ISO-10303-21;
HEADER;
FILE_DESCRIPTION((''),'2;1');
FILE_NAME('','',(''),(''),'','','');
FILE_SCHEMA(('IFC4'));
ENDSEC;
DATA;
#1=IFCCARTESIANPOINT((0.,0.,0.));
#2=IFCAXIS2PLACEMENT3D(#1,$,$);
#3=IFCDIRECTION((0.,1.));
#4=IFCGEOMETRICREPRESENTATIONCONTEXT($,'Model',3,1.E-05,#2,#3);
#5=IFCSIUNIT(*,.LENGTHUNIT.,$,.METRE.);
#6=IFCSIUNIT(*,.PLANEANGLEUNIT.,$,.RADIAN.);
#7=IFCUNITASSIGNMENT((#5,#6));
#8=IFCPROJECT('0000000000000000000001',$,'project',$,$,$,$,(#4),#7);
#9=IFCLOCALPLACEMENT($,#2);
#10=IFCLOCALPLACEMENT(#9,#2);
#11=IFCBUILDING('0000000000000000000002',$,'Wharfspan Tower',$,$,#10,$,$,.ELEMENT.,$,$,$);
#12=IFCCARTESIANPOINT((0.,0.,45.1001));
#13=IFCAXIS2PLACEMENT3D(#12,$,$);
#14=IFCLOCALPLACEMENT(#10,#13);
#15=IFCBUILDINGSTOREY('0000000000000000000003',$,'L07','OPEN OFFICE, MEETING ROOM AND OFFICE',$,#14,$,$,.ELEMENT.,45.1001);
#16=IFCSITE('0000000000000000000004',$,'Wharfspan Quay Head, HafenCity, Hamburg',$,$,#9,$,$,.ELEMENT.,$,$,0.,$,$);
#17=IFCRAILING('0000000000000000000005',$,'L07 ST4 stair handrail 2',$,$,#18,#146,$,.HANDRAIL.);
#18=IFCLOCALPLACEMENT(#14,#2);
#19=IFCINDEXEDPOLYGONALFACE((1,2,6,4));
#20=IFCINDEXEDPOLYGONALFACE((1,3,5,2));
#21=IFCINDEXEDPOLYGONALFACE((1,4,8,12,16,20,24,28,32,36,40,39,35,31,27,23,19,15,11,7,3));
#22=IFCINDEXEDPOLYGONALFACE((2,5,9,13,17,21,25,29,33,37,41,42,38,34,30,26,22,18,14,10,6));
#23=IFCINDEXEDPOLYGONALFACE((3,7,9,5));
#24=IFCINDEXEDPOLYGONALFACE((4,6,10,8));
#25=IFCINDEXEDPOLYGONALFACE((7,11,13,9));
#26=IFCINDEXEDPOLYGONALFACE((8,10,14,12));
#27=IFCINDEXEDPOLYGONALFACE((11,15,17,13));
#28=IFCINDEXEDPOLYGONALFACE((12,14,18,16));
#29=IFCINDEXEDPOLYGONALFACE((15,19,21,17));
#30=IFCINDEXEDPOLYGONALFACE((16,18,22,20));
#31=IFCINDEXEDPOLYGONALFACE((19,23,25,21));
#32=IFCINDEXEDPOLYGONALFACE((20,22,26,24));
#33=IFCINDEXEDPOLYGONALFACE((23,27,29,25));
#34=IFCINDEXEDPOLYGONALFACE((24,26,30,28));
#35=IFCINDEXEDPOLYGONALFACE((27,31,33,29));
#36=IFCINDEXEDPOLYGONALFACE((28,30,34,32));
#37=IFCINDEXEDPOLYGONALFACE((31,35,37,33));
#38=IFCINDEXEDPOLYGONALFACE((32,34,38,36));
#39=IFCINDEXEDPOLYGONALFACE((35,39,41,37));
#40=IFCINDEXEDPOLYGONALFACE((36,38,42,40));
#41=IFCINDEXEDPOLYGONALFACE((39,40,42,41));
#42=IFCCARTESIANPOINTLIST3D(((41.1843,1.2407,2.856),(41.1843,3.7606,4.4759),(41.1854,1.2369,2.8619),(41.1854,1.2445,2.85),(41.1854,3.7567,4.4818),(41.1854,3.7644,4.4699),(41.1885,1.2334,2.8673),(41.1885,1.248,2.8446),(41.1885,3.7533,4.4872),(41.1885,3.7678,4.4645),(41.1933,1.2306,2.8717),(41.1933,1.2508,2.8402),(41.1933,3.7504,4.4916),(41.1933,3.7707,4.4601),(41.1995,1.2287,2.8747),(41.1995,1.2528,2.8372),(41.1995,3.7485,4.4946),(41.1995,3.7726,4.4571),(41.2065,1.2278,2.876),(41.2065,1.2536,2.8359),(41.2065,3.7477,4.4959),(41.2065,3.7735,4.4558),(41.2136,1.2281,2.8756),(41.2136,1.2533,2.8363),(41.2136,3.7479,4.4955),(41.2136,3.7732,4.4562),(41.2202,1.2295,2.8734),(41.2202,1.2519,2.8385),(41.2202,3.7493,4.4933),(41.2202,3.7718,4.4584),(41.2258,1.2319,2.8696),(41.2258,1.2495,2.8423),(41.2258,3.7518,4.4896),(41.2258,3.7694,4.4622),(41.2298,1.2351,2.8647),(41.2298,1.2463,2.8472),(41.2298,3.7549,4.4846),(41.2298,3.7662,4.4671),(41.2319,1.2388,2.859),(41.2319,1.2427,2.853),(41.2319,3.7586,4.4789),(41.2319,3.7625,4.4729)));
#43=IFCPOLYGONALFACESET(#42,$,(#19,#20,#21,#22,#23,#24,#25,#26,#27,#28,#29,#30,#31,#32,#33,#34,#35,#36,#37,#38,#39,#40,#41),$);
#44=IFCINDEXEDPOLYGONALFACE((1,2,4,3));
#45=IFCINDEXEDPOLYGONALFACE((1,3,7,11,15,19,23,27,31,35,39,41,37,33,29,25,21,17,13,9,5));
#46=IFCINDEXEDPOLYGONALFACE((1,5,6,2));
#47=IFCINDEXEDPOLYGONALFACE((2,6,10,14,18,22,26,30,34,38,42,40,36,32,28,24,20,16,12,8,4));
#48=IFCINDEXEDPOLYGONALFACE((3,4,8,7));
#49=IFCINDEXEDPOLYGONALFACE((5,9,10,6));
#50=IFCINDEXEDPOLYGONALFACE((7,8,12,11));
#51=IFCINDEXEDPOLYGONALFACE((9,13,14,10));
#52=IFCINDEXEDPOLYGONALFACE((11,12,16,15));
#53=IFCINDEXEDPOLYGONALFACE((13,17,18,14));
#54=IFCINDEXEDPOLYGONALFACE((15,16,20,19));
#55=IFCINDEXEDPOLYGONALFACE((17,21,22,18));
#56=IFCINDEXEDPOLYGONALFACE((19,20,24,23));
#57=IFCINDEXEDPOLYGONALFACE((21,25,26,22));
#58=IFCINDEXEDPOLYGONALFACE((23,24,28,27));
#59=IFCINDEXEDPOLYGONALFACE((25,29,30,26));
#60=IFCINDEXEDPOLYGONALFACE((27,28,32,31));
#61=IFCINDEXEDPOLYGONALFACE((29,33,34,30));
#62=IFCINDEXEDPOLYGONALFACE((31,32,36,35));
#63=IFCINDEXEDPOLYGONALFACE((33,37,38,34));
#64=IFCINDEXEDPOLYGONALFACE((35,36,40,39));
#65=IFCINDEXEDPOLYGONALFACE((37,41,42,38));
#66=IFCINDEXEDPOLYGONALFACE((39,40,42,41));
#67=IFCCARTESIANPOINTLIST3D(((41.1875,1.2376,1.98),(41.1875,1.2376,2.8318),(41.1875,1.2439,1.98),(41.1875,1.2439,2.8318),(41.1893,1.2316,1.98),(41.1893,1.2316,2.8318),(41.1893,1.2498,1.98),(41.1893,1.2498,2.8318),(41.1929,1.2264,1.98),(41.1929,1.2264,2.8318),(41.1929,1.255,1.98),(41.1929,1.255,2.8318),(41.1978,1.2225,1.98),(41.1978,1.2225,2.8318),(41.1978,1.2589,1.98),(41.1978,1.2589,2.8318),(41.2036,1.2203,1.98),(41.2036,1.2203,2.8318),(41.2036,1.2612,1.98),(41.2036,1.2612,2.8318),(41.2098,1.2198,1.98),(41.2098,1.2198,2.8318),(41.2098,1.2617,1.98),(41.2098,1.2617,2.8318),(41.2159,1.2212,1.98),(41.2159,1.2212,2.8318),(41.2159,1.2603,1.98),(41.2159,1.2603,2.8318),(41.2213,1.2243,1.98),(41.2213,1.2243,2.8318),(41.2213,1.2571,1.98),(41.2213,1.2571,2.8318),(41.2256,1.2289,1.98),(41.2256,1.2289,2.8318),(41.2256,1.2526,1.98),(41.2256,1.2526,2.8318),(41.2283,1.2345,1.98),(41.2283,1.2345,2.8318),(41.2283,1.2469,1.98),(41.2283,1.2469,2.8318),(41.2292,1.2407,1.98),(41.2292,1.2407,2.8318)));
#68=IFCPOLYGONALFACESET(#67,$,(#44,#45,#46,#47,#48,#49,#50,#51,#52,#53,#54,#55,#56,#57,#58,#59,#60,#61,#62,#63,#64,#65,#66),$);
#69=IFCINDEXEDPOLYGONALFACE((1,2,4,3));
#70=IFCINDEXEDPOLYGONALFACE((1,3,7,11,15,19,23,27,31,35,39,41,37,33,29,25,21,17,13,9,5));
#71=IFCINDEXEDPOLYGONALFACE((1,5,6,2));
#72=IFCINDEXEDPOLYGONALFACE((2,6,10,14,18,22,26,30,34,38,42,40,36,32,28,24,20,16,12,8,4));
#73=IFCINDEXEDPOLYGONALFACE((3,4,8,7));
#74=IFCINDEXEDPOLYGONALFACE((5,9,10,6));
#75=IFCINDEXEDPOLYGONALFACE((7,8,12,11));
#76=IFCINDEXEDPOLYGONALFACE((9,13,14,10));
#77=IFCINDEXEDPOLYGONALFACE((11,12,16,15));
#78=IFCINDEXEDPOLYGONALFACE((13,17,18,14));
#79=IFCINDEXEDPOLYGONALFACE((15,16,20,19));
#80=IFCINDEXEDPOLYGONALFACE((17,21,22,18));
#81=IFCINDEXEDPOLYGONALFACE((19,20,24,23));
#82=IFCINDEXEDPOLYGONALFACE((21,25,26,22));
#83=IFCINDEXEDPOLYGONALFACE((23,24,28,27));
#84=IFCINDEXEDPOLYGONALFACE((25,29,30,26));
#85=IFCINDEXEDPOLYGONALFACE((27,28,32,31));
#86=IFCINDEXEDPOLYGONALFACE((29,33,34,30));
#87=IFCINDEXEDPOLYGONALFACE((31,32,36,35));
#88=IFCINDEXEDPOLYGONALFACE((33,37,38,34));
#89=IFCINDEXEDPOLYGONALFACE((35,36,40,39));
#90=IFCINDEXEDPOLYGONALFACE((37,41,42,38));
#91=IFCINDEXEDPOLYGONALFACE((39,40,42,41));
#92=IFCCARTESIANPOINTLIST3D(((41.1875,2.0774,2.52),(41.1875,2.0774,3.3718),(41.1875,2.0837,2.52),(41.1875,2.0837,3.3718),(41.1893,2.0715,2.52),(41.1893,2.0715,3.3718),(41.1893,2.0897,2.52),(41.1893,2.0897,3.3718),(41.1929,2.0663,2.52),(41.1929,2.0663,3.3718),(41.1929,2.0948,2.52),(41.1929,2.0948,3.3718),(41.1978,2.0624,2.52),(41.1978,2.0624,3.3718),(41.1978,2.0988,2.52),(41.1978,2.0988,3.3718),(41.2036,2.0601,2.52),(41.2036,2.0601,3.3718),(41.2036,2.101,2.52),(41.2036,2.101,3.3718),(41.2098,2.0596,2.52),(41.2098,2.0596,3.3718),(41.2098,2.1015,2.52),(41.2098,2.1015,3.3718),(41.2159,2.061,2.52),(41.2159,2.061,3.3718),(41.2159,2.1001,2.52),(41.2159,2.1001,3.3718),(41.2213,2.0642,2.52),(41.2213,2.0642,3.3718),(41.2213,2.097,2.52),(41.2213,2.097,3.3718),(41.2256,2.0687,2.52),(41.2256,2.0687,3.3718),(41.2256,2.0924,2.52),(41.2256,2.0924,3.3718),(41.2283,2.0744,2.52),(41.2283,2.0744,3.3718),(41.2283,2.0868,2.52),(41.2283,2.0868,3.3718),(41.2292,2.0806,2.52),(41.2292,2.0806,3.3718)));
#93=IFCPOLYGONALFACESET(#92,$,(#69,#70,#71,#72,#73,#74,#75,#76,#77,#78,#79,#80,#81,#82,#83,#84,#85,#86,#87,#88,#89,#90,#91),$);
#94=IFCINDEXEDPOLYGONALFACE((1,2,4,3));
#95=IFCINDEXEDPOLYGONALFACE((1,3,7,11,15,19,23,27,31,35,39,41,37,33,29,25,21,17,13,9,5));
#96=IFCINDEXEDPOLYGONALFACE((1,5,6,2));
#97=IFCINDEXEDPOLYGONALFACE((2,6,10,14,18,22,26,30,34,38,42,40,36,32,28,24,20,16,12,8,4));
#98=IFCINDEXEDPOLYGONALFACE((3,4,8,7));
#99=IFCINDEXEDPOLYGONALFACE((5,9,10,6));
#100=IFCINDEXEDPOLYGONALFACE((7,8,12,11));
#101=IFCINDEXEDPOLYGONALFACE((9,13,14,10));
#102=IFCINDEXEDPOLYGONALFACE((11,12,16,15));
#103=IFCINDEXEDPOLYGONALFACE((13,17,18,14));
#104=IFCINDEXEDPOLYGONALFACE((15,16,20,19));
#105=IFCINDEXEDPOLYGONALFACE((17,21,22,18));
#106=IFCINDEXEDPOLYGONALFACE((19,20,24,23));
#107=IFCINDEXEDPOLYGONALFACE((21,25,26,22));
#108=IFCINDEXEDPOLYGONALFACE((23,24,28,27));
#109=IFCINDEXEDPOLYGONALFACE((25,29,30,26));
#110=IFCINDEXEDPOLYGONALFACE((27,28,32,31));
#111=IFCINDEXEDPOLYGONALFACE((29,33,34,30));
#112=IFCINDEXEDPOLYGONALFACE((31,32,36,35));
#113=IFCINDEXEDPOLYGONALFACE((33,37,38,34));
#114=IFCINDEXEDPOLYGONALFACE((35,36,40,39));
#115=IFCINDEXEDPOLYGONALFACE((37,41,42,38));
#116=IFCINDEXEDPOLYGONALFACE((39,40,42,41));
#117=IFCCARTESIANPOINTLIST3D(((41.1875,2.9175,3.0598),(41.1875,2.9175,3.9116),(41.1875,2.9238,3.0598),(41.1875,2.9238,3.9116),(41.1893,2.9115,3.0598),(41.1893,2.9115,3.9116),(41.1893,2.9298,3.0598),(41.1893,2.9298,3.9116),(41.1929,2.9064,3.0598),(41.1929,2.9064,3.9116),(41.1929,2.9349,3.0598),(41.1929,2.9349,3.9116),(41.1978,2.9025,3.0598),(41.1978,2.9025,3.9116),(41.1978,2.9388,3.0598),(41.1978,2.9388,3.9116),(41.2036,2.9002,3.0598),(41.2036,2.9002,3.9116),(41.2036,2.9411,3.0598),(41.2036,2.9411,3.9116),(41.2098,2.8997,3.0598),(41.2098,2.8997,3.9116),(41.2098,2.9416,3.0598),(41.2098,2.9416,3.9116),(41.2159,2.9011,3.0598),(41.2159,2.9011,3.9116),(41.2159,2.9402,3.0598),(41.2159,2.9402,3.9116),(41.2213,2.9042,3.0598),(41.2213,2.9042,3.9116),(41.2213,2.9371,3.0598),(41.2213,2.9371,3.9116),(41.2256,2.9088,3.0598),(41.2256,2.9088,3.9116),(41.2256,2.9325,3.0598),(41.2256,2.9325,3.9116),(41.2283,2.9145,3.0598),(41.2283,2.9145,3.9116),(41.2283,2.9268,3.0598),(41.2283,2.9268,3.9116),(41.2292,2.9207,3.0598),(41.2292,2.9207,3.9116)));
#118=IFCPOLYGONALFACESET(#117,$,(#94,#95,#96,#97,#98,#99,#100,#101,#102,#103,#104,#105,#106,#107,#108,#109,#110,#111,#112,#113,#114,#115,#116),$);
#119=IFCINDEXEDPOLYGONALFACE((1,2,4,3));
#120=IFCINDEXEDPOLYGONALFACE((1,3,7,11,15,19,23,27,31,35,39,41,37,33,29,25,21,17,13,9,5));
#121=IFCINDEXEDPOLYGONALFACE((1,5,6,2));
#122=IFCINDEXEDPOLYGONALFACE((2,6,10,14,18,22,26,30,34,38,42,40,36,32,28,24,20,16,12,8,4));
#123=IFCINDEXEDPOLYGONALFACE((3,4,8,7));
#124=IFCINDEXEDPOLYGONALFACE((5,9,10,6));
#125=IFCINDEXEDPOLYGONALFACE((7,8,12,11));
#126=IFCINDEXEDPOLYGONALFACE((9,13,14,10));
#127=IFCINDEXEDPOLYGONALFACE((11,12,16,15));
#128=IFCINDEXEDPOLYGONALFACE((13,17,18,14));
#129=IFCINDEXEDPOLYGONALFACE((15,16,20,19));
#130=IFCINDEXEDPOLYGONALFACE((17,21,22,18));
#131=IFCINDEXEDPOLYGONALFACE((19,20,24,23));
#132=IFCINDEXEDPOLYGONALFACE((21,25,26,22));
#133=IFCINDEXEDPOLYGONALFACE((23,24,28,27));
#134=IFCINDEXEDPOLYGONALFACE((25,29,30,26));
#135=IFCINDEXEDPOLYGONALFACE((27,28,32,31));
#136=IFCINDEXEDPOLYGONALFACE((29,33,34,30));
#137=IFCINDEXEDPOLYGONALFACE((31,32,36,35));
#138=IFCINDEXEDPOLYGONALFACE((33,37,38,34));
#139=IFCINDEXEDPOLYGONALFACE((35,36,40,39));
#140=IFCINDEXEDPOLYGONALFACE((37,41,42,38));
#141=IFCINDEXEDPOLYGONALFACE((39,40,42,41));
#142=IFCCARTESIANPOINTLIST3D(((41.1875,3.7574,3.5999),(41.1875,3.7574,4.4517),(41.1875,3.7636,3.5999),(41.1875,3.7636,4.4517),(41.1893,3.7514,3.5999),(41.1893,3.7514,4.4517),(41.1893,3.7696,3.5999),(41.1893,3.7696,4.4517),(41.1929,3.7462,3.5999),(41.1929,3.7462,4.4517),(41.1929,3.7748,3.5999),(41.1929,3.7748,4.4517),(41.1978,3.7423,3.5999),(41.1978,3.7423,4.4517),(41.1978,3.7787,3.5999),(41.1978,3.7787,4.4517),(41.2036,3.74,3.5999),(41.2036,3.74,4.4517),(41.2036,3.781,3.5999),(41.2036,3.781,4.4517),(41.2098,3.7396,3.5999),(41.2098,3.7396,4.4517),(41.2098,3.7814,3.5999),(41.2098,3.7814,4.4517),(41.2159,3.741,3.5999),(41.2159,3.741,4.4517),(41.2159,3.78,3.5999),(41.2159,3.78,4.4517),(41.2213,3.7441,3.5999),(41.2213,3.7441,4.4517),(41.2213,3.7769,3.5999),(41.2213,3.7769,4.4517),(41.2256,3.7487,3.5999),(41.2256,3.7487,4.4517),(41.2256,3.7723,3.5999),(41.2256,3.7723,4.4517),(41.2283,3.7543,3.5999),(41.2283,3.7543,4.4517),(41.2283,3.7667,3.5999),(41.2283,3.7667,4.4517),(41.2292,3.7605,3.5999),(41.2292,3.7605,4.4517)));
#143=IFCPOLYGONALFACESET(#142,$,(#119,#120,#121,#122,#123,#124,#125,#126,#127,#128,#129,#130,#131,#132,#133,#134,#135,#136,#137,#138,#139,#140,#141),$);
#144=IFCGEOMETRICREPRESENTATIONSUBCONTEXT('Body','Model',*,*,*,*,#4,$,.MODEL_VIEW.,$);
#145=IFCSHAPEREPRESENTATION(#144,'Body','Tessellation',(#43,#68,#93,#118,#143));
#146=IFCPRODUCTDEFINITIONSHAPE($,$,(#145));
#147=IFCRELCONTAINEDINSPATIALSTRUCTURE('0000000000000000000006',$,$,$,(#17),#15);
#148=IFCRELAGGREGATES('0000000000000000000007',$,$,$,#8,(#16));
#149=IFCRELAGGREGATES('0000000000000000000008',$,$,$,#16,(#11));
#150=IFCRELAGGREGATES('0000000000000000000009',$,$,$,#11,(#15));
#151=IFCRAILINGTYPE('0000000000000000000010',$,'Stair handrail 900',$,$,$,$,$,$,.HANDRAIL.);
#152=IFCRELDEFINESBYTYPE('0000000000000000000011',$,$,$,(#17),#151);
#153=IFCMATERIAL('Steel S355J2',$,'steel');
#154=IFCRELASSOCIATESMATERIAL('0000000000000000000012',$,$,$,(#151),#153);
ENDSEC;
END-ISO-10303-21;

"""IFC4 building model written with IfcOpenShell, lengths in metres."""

from ifc_helpers import new_model, si_unit, direction, frame, origin, origin_2d, place, context, subcontext, project, spatial, circle, extrude, material, type_object, element, save


model = new_model("IFC4")

# Units and contexts
model_context = context("Model", 3, precision=1e-05, world=origin(), true_north=direction((0.0, 1.0)))
body_context = subcontext(model_context, "Body", "Model", "MODEL_VIEW")
ifc_project = project(units=[si_unit("LENGTHUNIT", "METRE"), si_unit("PLANEANGLEUNIT", "RADIAN")], contexts=[model_context])

# Site, building, storey
site_placement = place(None, origin())
site = spatial("IfcSite", under=ifc_project, at=site_placement, Name="Wharfspan Quay Head, HafenCity, Hamburg", CompositionType="ELEMENT", RefElevation=0.0)
building_placement = place(site_placement, origin())
building = spatial("IfcBuilding", under=site, at=building_placement, Name="Wharfspan Tower", CompositionType="ELEMENT")
storey_placement = place(building_placement, frame((0.0, 0.0, 45.1001)))
storey = spatial("IfcBuildingStorey", under=building, at=storey_placement, Name="L07", Description="OPEN OFFICE, MEETING ROOM AND OFFICE", CompositionType="ELEMENT", Elevation=45.1001)

# Shared definitions
ifc_material_1 = material(Name="Steel S355J2", Category="steel")

# Railing
railing_type_1 = type_object("IfcRailingType", Name="Stair handrail 900", PredefinedType="HANDRAIL", material=ifc_material_1)
railing_1_placement = place(storey_placement, frame((41.2083, 1.2407, 1.98)))
element("IfcRailing", 1, at=railing_1_placement, inside=storey, type_object=railing_type_1, Name="L07 ST4 stair handrail 2", PredefinedType="HANDRAIL", context=body_context, shape_type="SweptSolid", body=[
    extrude(circle(Radius=0.0239, at=origin_2d()), frame((0.0, 0.0, 0.876), z_axis=(0.0, 0.841176, 0.540762), x_axis=(-1.0, 0.0, 0.0)), (0.0, 0.0, 1.0), 2.9956),
    extrude(circle(Radius=0.021, at=origin_2d()), origin(), (0.0, 0.0, 1.0), 0.8518),
    extrude(circle(Radius=0.021, at=origin_2d()), frame((0.0, 0.8398, 0.54)), (0.0, 0.0, 1.0), 0.8518),
    extrude(circle(Radius=0.021, at=origin_2d()), frame((0.0, 1.6799, 1.0798)), (0.0, 0.0, 1.0), 0.8518),
    extrude(circle(Radius=0.021, at=origin_2d()), frame((0.0, 2.5198, 1.6199)), (0.0, 0.0, 1.0), 0.8518),
])

save(model, "model.ifc")
